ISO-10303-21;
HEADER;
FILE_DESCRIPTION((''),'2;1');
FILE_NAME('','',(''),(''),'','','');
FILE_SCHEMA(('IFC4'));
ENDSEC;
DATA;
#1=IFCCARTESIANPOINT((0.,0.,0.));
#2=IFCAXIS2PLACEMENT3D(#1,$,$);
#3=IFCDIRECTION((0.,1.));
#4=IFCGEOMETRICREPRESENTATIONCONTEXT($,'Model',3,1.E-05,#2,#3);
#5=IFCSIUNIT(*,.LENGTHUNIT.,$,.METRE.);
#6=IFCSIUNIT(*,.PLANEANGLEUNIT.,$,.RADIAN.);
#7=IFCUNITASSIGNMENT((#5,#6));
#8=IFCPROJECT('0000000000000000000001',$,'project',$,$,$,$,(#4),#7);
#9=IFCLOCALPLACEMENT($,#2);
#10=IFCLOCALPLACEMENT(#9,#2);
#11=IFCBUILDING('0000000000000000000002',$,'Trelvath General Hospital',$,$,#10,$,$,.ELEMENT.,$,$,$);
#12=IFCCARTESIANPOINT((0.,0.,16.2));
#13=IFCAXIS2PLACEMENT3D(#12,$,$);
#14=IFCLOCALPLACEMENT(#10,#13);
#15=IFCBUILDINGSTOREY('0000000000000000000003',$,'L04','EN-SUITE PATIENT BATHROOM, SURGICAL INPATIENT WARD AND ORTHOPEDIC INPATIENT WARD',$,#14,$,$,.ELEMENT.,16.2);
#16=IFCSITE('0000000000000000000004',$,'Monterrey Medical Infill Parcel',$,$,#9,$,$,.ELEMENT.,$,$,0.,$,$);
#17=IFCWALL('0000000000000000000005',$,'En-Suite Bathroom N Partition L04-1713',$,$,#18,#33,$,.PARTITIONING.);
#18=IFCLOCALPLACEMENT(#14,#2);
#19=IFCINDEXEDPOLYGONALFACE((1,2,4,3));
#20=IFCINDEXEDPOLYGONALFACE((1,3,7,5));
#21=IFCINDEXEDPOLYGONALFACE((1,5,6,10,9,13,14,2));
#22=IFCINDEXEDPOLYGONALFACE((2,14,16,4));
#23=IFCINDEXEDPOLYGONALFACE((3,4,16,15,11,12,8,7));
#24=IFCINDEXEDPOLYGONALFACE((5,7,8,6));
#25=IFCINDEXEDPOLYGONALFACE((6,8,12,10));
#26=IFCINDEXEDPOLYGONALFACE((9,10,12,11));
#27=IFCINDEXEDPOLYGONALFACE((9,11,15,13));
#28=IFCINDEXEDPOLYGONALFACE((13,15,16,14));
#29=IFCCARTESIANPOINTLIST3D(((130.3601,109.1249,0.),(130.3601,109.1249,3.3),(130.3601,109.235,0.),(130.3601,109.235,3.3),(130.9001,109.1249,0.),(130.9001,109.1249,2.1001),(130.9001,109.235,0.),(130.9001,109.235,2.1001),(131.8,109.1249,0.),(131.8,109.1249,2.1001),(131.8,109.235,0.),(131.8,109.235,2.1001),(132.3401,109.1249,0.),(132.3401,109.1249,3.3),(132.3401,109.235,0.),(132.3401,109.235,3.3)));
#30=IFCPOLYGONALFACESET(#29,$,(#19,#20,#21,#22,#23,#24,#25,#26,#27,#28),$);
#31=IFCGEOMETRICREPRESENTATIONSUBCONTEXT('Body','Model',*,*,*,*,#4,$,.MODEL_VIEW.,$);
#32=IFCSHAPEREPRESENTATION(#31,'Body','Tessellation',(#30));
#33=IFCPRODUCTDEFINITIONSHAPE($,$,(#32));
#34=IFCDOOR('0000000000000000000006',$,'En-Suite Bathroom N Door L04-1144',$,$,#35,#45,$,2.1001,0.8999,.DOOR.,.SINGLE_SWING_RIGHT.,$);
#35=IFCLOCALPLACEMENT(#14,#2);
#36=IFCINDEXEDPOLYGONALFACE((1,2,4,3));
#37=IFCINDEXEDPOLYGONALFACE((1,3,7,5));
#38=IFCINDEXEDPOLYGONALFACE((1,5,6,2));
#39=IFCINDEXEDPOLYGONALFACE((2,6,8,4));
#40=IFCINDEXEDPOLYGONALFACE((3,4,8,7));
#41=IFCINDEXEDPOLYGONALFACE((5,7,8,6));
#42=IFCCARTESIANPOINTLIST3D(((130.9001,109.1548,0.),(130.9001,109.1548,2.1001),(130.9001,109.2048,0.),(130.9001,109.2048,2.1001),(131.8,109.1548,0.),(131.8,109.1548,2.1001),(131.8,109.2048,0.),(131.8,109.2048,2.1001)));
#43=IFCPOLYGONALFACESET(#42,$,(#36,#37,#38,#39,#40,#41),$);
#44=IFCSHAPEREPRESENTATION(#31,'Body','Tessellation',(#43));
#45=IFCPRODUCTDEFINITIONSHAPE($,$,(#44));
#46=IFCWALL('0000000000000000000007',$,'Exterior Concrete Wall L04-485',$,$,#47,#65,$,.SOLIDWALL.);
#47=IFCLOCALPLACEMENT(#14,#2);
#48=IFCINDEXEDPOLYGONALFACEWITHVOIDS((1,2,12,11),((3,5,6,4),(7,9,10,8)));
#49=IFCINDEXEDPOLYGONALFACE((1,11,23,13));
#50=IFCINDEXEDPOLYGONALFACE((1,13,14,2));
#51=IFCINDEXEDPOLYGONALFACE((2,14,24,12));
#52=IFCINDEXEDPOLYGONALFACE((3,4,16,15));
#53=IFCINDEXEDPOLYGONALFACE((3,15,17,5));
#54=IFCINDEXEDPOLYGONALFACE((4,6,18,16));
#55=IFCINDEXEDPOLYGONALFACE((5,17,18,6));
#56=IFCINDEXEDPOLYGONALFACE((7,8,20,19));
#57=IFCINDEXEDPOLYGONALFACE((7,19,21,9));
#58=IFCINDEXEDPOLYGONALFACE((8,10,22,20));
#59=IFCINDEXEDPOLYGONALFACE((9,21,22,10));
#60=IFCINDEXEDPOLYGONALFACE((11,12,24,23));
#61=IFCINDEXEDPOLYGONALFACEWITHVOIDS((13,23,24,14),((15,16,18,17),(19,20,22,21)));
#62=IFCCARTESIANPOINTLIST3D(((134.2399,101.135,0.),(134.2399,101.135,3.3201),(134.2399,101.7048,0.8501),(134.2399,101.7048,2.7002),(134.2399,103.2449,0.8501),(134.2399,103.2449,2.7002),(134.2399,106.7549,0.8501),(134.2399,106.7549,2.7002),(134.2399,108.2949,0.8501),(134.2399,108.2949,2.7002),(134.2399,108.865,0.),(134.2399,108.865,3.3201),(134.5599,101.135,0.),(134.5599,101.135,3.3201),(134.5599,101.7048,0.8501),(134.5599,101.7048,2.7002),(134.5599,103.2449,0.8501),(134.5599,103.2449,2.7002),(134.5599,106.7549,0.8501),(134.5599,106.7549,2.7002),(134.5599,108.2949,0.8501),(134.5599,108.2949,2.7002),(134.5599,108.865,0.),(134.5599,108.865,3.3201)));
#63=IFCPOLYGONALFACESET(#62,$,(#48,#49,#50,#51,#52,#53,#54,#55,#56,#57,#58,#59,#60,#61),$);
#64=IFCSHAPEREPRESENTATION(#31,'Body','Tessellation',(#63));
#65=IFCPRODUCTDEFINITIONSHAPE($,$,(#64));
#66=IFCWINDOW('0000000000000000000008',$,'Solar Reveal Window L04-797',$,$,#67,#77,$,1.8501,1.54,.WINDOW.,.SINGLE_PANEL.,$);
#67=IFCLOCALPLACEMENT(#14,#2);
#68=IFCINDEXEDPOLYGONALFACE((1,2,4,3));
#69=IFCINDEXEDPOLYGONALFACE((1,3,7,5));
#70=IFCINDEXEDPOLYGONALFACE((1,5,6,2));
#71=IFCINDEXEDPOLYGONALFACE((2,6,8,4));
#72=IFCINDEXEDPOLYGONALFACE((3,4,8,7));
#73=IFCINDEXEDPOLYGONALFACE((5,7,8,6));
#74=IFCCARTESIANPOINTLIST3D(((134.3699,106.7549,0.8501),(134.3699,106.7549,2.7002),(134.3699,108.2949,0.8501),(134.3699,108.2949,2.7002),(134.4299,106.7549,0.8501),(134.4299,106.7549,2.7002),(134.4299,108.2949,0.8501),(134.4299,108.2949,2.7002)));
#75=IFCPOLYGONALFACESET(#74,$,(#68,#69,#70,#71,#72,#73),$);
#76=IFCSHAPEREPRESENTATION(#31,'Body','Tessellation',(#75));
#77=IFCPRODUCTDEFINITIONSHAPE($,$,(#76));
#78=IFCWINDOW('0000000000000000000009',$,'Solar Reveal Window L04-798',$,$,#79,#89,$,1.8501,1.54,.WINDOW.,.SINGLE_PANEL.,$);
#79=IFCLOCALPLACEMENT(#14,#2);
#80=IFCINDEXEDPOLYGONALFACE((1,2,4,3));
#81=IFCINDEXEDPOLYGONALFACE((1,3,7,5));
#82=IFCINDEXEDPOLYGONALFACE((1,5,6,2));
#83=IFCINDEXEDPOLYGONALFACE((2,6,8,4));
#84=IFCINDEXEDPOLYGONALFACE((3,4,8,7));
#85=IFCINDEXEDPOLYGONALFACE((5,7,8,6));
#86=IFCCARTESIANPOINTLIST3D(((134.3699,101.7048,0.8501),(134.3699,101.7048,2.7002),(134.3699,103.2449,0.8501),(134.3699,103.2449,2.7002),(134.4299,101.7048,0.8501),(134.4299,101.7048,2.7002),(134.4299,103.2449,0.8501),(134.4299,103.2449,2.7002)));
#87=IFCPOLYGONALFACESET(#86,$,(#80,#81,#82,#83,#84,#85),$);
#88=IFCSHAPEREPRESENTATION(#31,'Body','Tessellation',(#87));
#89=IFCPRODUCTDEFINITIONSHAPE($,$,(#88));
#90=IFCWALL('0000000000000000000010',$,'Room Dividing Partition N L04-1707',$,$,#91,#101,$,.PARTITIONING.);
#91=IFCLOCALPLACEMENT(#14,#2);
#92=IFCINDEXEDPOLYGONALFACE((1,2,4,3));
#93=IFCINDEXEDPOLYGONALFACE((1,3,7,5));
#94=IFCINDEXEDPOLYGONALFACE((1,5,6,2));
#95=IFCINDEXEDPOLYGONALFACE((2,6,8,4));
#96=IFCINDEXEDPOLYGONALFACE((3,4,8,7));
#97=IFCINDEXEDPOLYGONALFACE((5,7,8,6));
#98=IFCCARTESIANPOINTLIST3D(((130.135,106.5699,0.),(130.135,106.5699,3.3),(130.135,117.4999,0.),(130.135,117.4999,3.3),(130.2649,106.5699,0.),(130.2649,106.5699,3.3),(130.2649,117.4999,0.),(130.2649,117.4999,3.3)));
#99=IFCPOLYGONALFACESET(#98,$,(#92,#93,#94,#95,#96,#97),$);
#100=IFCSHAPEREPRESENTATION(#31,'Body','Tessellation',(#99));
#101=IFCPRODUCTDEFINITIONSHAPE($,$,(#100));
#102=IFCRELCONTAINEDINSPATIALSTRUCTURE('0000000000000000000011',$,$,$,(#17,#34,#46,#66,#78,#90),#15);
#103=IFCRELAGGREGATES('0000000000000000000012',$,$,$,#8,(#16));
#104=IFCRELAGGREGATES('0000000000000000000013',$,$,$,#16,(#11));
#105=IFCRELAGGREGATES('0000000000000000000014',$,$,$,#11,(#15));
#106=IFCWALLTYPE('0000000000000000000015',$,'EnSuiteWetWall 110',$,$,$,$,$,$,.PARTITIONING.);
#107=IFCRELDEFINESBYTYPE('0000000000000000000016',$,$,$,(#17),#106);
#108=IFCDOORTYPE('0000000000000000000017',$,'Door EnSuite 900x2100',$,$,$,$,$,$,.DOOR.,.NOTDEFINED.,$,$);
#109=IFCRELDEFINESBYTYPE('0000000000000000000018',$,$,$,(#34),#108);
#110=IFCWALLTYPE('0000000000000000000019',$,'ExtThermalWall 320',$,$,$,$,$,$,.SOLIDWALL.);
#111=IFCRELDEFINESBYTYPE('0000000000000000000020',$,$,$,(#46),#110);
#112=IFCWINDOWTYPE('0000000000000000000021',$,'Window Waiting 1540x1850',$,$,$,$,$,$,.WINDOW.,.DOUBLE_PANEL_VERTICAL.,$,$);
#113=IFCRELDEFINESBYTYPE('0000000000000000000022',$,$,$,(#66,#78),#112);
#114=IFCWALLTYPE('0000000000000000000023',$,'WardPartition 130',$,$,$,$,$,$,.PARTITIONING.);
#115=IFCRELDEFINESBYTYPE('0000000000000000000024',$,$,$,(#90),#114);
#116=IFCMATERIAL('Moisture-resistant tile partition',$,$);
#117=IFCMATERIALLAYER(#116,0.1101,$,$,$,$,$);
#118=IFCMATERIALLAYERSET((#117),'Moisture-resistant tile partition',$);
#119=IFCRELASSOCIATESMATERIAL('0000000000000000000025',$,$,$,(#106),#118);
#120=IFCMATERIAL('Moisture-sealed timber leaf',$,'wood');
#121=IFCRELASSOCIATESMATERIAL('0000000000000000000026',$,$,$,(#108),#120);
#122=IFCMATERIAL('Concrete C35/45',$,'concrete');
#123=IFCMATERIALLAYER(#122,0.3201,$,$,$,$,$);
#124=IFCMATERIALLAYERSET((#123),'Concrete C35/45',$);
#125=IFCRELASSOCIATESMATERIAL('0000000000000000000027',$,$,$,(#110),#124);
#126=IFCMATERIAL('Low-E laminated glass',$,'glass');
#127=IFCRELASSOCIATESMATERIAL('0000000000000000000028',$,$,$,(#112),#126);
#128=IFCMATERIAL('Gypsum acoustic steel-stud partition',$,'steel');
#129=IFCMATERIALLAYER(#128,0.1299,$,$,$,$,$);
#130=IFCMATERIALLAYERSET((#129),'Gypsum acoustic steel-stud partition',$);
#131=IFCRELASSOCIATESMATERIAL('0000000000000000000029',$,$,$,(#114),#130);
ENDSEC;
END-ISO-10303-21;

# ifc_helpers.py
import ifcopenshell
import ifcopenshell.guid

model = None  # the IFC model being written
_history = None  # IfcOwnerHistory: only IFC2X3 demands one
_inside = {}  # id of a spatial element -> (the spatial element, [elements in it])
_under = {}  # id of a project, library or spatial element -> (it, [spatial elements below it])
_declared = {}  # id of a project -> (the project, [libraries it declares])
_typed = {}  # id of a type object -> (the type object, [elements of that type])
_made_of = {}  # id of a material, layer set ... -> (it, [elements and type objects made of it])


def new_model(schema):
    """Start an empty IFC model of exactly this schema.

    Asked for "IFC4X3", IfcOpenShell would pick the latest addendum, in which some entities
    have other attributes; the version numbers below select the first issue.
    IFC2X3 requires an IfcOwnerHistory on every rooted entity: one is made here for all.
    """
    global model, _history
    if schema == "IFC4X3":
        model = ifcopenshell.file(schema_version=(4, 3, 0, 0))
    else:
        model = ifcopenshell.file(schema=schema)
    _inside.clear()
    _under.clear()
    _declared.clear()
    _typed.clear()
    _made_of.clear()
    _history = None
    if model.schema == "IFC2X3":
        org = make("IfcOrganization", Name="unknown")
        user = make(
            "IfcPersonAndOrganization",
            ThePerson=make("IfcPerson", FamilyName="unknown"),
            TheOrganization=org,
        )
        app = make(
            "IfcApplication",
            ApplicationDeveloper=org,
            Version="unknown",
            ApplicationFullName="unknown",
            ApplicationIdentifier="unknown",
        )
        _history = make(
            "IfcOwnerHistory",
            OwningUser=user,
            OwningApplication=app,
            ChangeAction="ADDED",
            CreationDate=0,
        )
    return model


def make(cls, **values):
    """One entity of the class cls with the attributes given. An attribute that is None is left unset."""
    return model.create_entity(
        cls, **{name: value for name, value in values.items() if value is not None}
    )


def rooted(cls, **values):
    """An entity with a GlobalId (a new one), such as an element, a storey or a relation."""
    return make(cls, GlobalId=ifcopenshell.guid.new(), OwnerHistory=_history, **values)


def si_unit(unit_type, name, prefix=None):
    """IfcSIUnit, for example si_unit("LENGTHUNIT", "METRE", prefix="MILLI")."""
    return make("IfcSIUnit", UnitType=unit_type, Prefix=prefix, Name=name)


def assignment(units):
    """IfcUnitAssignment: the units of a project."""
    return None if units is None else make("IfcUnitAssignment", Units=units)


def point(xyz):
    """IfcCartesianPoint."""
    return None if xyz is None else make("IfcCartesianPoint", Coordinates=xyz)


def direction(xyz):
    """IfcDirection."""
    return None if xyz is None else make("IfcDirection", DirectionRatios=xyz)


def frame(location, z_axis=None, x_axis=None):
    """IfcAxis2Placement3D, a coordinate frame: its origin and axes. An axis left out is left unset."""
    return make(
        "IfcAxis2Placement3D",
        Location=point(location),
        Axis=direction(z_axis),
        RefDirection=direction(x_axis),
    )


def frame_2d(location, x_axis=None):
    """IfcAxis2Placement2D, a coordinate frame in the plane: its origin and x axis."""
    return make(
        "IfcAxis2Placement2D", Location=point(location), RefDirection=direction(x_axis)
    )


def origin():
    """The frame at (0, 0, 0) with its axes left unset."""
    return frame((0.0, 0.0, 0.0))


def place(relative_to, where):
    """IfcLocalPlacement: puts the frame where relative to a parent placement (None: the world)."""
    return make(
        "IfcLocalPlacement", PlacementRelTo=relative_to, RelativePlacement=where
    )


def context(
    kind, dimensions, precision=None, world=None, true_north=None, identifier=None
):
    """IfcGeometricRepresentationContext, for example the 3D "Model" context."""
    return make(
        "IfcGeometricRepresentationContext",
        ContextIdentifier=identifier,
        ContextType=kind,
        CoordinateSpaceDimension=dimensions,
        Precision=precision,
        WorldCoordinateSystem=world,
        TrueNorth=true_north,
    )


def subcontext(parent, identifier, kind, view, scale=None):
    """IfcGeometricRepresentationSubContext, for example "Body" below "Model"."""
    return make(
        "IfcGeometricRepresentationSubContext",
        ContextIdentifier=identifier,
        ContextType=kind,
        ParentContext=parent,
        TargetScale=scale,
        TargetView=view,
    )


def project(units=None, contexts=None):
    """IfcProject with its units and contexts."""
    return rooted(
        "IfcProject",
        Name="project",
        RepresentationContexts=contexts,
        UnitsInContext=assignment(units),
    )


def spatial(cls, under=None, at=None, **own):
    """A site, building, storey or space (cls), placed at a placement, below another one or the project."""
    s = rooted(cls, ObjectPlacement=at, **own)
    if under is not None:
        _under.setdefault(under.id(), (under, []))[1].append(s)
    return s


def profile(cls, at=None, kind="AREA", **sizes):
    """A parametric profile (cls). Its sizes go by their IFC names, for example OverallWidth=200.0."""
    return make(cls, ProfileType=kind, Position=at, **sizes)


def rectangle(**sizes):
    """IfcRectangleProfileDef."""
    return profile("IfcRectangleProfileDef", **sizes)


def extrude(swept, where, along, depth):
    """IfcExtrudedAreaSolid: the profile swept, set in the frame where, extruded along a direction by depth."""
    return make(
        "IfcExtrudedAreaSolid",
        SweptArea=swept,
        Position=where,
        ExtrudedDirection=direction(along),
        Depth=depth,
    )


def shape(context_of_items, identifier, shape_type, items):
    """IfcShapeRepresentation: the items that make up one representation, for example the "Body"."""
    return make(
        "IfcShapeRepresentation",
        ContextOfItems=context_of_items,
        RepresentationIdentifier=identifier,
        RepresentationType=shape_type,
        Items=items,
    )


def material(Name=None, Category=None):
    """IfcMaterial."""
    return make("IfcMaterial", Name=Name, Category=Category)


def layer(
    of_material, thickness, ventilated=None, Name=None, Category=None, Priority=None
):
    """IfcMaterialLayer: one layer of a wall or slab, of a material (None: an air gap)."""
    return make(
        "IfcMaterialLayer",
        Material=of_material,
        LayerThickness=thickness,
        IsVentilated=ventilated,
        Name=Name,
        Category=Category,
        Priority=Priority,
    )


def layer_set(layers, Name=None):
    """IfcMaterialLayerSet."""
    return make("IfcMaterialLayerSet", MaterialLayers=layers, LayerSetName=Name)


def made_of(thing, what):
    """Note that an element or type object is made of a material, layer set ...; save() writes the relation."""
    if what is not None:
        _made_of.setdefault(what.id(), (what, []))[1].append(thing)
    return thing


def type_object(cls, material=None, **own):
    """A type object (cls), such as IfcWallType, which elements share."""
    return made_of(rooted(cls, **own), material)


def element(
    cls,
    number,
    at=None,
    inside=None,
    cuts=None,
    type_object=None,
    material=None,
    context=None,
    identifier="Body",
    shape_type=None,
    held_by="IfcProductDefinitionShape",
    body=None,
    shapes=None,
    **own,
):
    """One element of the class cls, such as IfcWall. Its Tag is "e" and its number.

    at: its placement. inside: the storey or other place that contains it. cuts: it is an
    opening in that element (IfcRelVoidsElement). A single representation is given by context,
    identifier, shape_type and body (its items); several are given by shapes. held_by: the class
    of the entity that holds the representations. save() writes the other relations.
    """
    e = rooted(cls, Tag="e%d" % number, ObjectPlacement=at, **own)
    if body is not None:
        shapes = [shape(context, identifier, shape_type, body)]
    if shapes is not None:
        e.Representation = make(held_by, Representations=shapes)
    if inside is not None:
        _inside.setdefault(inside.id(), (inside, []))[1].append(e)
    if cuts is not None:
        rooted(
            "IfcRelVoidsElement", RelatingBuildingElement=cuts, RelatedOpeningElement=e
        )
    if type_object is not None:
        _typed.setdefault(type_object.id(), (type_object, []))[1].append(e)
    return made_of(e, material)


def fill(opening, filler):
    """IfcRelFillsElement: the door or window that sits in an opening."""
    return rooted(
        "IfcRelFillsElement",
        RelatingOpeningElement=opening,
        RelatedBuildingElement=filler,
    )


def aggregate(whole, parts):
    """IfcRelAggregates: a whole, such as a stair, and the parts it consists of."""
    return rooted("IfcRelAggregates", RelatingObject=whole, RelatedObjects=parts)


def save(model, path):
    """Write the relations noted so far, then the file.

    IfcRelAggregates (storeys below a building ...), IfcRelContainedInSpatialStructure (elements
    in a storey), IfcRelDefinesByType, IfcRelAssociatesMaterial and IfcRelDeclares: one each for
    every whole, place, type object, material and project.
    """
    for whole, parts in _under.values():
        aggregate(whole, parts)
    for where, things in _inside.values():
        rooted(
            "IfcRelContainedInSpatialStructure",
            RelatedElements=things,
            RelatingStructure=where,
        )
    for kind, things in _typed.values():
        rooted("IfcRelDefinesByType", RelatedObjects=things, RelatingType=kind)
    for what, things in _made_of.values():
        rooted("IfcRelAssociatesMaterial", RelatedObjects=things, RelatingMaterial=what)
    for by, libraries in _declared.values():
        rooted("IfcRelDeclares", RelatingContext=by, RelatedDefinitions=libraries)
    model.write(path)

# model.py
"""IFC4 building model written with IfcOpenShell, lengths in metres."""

from ifc_helpers import new_model, si_unit, direction, frame, frame_2d, origin, place, context, subcontext, project, spatial, rectangle, extrude, material, layer, layer_set, type_object, element, fill, save


model = new_model("IFC4")

# Units and contexts
model_context = context("Model", 3, precision=1e-05, world=origin(), true_north=direction((0.0, 1.0)))
body_context = subcontext(model_context, "Body", "Model", "MODEL_VIEW")
ifc_project = project(units=[si_unit("LENGTHUNIT", "METRE"), si_unit("PLANEANGLEUNIT", "RADIAN")], contexts=[model_context])

# Site, building, storey
site_placement = place(None, origin())
site = spatial("IfcSite", under=ifc_project, at=site_placement, Name="Monterrey Medical Infill Parcel", CompositionType="ELEMENT", RefElevation=0.0)
building_placement = place(site_placement, origin())
building = spatial("IfcBuilding", under=site, at=building_placement, Name="Trelvath General Hospital", CompositionType="ELEMENT")
storey_placement = place(building_placement, frame((0.0, 0.0, 16.2)))
storey = spatial("IfcBuildingStorey", under=building, at=storey_placement, Name="L04", Description="EN-SUITE PATIENT BATHROOM, SURGICAL INPATIENT WARD AND ORTHOPEDIC INPATIENT WARD", CompositionType="ELEMENT", Elevation=16.2)

# Shared definitions
ifc_material_1 = material(Name="Moisture-resistant tile partition")
ifc_layer_1 = layer(ifc_material_1, 0.1101)
ifc_layer_set_1 = layer_set([ifc_layer_1], Name="Moisture-resistant tile partition")
wall_type_1 = type_object("IfcWallType", Name="EnSuiteWetWall 110", PredefinedType="PARTITIONING", material=ifc_layer_set_1)

# Shared definitions
ifc_material_2 = material(Name="Moisture-sealed timber leaf", Category="wood")
door_type_1 = type_object("IfcDoorType", Name="Door EnSuite 900x2100", OperationType="NOTDEFINED", PredefinedType="DOOR", material=ifc_material_2)

# Wall, opening, door
wall_1_placement = place(storey_placement, frame((130.3601, 109.1799, 0.0), z_axis=(0.0, 0.0, 1.0), x_axis=(1.0, 0.0, 0.0)))
wall_1 = element("IfcWall", 1, at=wall_1_placement, inside=storey, type_object=wall_type_1, Name="En-Suite Bathroom N Partition L04-1713", PredefinedType="PARTITIONING", context=body_context, shape_type="SweptSolid", body=[
    extrude(rectangle(XDim=1.98, YDim=0.1101, at=frame_2d((0.99, 0.0))), origin(), (0.0, 0.0, 1.0), 3.3),
])
opening_1_placement = place(wall_1_placement, frame((0.54, 0.0, 0.0)))
opening_1 = element("IfcOpeningElement", 2, at=opening_1_placement, cuts=wall_1, PredefinedType="OPENING", context=body_context, shape_type="SweptSolid", body=[
    extrude(rectangle(XDim=0.8999, YDim=2.1001, at=frame_2d((0.45, 1.05))), frame((0.0, 0.0649, 0.0), z_axis=(0.0, -1.0, 0.0), x_axis=(1.0, 0.0, 0.0)), (0.0, 0.0, 1.0), 0.1301),
])
door_1_placement = place(opening_1_placement, origin())
door_1 = element("IfcDoor", 3, at=door_1_placement, inside=storey, type_object=door_type_1, Name="En-Suite Bathroom N Door L04-1144", OperationType="SINGLE_SWING_RIGHT", OverallHeight=2.1001, OverallWidth=0.8999, PredefinedType="DOOR", context=body_context, shape_type="SweptSolid", body=[
    extrude(rectangle(XDim=0.8999, YDim=2.1001, at=frame_2d((0.45, 1.05))), frame((0.0, 0.0249, 0.0), z_axis=(0.0, -1.0, 0.0), x_axis=(1.0, 0.0, 0.0)), (0.0, 0.0, 1.0), 0.05),
])
fill(opening_1, door_1)

# Wall, openings, windows
ifc_material_3 = material(Name="Concrete C35/45", Category="concrete")
ifc_layer_2 = layer(ifc_material_3, 0.3201)
ifc_layer_set_2 = layer_set([ifc_layer_2], Name="Concrete C35/45")
wall_type_2 = type_object("IfcWallType", Name="ExtThermalWall 320", PredefinedType="SOLIDWALL", material=ifc_layer_set_2)
wall_2_placement = place(storey_placement, frame((134.3999, 108.865, 0.0), z_axis=(0.0, 0.0, 1.0), x_axis=(0.0, -1.0, 0.0)))
wall_2 = element("IfcWall", 4, at=wall_2_placement, inside=storey, type_object=wall_type_2, Name="Exterior Concrete Wall L04-485", PredefinedType="SOLIDWALL", context=body_context, shape_type="SweptSolid", body=[
    extrude(rectangle(XDim=7.73, YDim=0.3201, at=frame_2d((3.865, 0.0))), origin(), (0.0, 0.0, 1.0), 3.3201),
])
opening_2_placement = place(wall_2_placement, frame((0.5701, 0.0, 0.8501)))
opening_2 = element("IfcOpeningElement", 5, at=opening_2_placement, cuts=wall_2, PredefinedType="OPENING", context=body_context, shape_type="SweptSolid", body=[
    extrude(rectangle(XDim=1.54, YDim=1.8501, at=frame_2d((0.77, 0.925))), frame((0.0, 0.1699, 0.0), z_axis=(0.0, -1.0, 0.0), x_axis=(1.0, 0.0, 0.0)), (0.0, 0.0, 1.0), 0.3401),
])
opening_3_placement = place(wall_2_placement, frame((5.6201, 0.0, 0.8501)))
opening_3 = element("IfcOpeningElement", 6, at=opening_3_placement, cuts=wall_2, PredefinedType="OPENING", context=body_context, shape_type="SweptSolid", body=[
    extrude(rectangle(XDim=1.54, YDim=1.8501, at=frame_2d((0.77, 0.925))), frame((0.0, 0.1699, 0.0), z_axis=(0.0, -1.0, 0.0), x_axis=(1.0, 0.0, 0.0)), (0.0, 0.0, 1.0), 0.3401),
])
ifc_material_4 = material(Name="Low-E laminated glass", Category="glass")
window_type = type_object("IfcWindowType", Name="Window Waiting 1540x1850", PartitioningType="DOUBLE_PANEL_VERTICAL", PredefinedType="WINDOW", material=ifc_material_4)
window_1_placement = place(opening_2_placement, origin())
window_1 = element("IfcWindow", 7, at=window_1_placement, inside=storey, type_object=window_type, Name="Solar Reveal Window L04-797", OverallHeight=1.8501, OverallWidth=1.54, PartitioningType="SINGLE_PANEL", PredefinedType="WINDOW", context=body_context, shape_type="SweptSolid", body=[
    extrude(rectangle(XDim=1.54, YDim=1.8501, at=frame_2d((0.77, 0.925))), frame((0.0, 0.03, 0.0), z_axis=(0.0, -1.0, 0.0), x_axis=(1.0, 0.0, 0.0)), (0.0, 0.0, 1.0), 0.0601),
])
fill(opening_2, window_1)
window_2_placement = place(opening_3_placement, origin())
window_2 = element("IfcWindow", 8, at=window_2_placement, inside=storey, type_object=window_type, Name="Solar Reveal Window L04-798", OverallHeight=1.8501, OverallWidth=1.54, PartitioningType="SINGLE_PANEL", PredefinedType="WINDOW", context=body_context, shape_type="SweptSolid", body=[
    extrude(rectangle(XDim=1.54, YDim=1.8501, at=frame_2d((0.77, 0.925))), frame((0.0, 0.03, 0.0), z_axis=(0.0, -1.0, 0.0), x_axis=(1.0, 0.0, 0.0)), (0.0, 0.0, 1.0), 0.0601),
])
fill(opening_3, window_2)

# Wall
ifc_material_5 = material(Name="Gypsum acoustic steel-stud partition", Category="steel")
ifc_layer_3 = layer(ifc_material_5, 0.1299)
ifc_layer_set_3 = layer_set([ifc_layer_3], Name="Gypsum acoustic steel-stud partition")
wall_type_3 = type_object("IfcWallType", Name="WardPartition 130", PredefinedType="PARTITIONING", material=ifc_layer_set_3)
wall_3_placement = place(storey_placement, frame((130.2, 106.5701, 0.0), z_axis=(0.0, 0.0, 1.0), x_axis=(0.0, 1.0, 0.0)))
element("IfcWall", 9, at=wall_3_placement, inside=storey, type_object=wall_type_3, Name="Room Dividing Partition N L04-1707", PredefinedType="PARTITIONING", context=body_context, shape_type="SweptSolid", body=[
    extrude(rectangle(XDim=10.9299, YDim=0.1299, at=frame_2d((5.4648, 0.0))), origin(), (0.0, 0.0, 1.0), 3.3),
])

save(model, "model.ifc")
